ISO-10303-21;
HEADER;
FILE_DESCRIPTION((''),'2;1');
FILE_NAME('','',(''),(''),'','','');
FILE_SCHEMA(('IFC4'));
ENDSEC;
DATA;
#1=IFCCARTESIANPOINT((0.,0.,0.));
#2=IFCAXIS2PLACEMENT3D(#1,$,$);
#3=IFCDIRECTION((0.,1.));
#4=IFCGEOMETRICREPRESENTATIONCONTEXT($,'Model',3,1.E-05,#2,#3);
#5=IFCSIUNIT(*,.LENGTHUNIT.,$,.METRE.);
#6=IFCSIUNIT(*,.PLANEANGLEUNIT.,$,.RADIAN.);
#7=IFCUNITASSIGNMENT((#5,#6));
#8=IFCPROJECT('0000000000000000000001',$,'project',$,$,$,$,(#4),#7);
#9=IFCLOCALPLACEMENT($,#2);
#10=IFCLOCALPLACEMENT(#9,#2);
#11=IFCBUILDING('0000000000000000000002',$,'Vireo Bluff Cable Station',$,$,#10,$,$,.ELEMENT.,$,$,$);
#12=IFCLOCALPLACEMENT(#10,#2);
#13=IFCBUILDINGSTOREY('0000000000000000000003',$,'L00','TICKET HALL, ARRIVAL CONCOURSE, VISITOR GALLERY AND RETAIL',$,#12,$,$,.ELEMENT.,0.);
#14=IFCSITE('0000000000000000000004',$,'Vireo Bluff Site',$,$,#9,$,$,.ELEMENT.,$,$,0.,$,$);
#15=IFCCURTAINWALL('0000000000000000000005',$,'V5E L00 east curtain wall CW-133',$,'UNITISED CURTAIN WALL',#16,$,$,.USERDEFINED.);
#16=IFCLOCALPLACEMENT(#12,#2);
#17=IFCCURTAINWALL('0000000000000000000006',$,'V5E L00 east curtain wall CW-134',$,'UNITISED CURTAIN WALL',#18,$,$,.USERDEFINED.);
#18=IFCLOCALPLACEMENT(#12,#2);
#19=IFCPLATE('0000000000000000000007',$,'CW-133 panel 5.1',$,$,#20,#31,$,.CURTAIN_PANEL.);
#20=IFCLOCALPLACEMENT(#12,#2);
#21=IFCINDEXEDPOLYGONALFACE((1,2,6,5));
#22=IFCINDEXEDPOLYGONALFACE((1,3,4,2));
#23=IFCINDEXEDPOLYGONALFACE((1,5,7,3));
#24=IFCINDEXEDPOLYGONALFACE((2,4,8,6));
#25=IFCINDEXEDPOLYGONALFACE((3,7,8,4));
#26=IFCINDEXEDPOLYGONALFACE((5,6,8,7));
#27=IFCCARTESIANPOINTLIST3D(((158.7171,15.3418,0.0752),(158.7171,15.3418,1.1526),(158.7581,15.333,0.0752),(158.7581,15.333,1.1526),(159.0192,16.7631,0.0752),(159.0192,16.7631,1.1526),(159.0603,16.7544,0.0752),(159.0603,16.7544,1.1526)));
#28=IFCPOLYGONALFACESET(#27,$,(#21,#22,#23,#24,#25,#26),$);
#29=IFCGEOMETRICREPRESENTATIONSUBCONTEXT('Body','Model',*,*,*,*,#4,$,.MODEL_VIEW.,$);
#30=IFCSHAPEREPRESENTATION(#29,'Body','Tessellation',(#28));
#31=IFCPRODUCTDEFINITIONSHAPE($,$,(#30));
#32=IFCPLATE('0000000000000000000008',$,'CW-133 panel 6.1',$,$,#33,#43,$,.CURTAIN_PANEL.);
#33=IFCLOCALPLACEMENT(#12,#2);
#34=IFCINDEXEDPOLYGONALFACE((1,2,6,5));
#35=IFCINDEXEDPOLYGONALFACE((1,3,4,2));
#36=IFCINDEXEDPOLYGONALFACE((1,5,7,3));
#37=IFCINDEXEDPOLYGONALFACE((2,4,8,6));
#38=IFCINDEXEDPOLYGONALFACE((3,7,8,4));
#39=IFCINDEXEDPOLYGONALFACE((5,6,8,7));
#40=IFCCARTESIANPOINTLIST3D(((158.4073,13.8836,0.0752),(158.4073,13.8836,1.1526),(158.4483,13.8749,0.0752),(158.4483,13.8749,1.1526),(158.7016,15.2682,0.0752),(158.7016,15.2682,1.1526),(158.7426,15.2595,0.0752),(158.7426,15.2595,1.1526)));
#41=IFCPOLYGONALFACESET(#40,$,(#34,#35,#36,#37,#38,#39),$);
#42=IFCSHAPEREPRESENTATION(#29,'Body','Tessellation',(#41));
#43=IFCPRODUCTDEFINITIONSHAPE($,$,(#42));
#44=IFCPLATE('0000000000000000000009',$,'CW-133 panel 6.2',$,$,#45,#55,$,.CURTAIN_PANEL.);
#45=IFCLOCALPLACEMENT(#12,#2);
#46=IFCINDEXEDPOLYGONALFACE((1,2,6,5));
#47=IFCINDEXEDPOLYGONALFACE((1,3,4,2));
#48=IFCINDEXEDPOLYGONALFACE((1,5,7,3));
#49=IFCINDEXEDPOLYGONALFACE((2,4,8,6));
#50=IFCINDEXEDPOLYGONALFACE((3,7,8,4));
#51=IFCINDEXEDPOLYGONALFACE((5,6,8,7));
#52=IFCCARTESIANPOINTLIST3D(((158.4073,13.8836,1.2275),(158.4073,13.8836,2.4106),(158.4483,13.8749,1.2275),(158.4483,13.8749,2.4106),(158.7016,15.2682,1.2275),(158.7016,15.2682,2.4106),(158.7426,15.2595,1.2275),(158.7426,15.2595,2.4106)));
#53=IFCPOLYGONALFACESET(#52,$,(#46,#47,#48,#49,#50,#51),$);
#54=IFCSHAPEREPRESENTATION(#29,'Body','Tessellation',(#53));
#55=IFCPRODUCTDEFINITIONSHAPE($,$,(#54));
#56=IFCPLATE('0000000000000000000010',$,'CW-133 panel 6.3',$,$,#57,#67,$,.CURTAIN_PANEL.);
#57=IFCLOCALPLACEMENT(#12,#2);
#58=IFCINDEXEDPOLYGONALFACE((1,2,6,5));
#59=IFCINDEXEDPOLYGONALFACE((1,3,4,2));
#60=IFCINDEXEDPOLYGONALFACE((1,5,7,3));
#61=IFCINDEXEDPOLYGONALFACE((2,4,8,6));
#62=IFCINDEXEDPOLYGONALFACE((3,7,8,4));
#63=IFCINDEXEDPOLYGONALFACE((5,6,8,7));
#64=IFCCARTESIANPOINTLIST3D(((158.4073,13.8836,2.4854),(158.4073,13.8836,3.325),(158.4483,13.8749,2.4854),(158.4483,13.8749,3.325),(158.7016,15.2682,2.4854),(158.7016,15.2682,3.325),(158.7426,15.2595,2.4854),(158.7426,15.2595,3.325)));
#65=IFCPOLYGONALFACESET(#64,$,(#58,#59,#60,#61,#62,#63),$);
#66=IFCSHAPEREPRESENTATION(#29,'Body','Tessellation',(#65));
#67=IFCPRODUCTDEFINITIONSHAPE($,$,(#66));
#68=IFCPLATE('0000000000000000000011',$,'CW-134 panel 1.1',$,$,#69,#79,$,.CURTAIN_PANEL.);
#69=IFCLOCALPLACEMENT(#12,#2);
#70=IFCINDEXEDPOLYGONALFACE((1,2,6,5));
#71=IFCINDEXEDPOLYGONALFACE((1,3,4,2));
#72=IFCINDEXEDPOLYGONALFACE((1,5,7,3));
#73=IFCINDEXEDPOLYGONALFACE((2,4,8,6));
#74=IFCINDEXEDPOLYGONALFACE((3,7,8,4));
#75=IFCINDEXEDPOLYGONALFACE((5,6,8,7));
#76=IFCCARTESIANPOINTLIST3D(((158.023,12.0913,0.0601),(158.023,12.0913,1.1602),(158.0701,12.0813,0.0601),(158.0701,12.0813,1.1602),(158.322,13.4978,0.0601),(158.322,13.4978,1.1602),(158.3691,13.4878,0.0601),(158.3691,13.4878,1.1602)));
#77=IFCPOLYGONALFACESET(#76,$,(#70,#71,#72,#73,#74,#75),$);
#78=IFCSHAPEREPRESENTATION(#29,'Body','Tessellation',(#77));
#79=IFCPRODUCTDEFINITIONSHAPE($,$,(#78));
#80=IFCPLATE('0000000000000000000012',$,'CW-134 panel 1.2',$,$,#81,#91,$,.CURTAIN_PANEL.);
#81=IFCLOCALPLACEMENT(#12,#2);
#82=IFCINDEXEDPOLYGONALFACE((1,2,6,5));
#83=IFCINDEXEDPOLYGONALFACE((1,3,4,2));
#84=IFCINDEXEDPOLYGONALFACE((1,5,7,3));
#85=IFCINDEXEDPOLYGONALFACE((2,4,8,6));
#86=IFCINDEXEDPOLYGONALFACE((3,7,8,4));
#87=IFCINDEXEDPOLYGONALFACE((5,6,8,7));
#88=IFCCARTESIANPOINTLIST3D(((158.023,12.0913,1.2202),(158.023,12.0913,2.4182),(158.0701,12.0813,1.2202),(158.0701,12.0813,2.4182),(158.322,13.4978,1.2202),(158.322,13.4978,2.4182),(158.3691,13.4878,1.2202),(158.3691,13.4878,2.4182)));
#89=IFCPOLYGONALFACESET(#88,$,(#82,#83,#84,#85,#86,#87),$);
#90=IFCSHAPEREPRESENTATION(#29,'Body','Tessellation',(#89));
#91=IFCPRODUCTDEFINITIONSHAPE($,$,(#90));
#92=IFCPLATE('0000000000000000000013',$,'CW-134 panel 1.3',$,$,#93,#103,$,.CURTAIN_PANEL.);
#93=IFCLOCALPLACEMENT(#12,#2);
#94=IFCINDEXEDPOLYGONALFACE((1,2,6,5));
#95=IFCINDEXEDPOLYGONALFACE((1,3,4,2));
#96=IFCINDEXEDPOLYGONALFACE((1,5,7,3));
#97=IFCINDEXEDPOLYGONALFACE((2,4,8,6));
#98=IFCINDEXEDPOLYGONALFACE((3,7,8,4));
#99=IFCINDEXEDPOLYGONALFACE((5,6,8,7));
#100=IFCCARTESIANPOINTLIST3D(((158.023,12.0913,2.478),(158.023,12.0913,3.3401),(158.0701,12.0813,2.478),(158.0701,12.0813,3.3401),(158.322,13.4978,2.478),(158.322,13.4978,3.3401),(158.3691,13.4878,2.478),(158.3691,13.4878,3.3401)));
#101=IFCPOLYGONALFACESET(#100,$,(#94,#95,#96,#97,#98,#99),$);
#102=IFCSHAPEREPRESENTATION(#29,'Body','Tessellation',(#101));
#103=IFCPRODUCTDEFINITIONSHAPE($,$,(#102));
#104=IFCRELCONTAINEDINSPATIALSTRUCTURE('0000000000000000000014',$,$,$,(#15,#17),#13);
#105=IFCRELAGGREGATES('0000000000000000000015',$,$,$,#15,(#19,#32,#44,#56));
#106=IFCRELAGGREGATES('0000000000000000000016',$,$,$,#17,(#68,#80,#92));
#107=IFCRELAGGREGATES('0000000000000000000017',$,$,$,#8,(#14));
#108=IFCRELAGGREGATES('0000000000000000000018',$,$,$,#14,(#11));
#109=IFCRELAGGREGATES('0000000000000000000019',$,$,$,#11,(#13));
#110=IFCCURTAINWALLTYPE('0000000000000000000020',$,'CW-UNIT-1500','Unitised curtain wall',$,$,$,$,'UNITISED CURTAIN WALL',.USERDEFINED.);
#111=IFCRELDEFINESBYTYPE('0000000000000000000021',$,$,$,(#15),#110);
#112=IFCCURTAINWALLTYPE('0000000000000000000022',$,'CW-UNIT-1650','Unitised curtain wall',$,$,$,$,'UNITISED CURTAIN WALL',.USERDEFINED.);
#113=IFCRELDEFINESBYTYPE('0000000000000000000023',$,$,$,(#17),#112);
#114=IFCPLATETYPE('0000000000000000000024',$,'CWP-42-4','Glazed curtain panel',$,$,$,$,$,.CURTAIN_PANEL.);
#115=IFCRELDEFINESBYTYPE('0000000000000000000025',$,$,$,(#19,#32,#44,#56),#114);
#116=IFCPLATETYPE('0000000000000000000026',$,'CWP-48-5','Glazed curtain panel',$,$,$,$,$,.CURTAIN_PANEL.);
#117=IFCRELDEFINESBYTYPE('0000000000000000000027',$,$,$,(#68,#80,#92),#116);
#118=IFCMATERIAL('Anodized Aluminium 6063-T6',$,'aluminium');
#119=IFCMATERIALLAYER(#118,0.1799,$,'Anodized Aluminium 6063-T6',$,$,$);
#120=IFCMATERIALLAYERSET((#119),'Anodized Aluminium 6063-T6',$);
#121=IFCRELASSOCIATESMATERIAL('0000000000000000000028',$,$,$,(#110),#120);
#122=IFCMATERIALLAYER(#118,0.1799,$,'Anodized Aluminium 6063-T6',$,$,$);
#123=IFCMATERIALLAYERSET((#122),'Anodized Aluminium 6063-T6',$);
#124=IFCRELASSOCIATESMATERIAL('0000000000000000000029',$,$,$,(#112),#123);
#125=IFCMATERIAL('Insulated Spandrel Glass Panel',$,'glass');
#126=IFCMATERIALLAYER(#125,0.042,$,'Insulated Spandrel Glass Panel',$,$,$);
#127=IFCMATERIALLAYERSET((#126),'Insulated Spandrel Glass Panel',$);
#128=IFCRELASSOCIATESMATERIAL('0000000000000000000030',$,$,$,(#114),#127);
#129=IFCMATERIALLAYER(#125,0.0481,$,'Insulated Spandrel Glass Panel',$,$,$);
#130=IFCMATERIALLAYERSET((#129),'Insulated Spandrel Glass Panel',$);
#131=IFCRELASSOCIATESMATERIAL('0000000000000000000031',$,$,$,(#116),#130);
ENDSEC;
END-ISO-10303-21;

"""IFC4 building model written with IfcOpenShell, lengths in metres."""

from ifc_helpers import new_model, si_unit, direction, frame, origin, origin_2d, place, context, subcontext, project, spatial, rectangle, extrude, material, layer, layer_set, type_object, element, aggregate, save


model = new_model("IFC4")

# Units and contexts
model_context = context("Model", 3, precision=1e-05, world=origin(), true_north=direction((0.0, 1.0)))
body_context = subcontext(model_context, "Body", "Model", "MODEL_VIEW")
ifc_project = project(units=[si_unit("LENGTHUNIT", "METRE"), si_unit("PLANEANGLEUNIT", "RADIAN")], contexts=[model_context])

# Site, building, storey
site_placement = place(None, origin())
site = spatial("IfcSite", under=ifc_project, at=site_placement, Name="Vireo Bluff Site", CompositionType="ELEMENT", RefElevation=0.0)
building_placement = place(site_placement, origin())
building = spatial("IfcBuilding", under=site, at=building_placement, Name="Vireo Bluff Cable Station", CompositionType="ELEMENT")
storey_placement = place(building_placement, origin())
storey = spatial("IfcBuildingStorey", under=building, at=storey_placement, Name="L00", Description="TICKET HALL, ARRIVAL CONCOURSE, VISITOR GALLERY AND RETAIL", CompositionType="ELEMENT", Elevation=0.0)

# Curtain walls
ifc_material_1 = material(Name="Anodized Aluminium 6063-T6", Category="aluminium")
ifc_layer_1 = layer(ifc_material_1, 0.1799, Name="Anodized Aluminium 6063-T6")
ifc_layer_set_1 = layer_set([ifc_layer_1], Name="Anodized Aluminium 6063-T6")
curtain_wall_type_1 = type_object("IfcCurtainWallType", Name="CW-UNIT-1500", Description="Unitised curtain wall", ElementType="UNITISED CURTAIN WALL", PredefinedType="USERDEFINED", material=ifc_layer_set_1)
curtain_wall_1_placement = place(storey_placement, origin())
curtain_wall_1 = element("IfcCurtainWall", 1, at=curtain_wall_1_placement, inside=storey, type_object=curtain_wall_type_1, Name="V5E L00 east curtain wall CW-133", ObjectType="UNITISED CURTAIN WALL", PredefinedType="USERDEFINED")
ifc_layer_2 = layer(ifc_material_1, 0.1799, Name="Anodized Aluminium 6063-T6")
ifc_layer_set_2 = layer_set([ifc_layer_2], Name="Anodized Aluminium 6063-T6")
curtain_wall_type_2 = type_object("IfcCurtainWallType", Name="CW-UNIT-1650", Description="Unitised curtain wall", ElementType="UNITISED CURTAIN WALL", PredefinedType="USERDEFINED", material=ifc_layer_set_2)
curtain_wall_2_placement = place(storey_placement, origin())
curtain_wall_2 = element("IfcCurtainWall", 2, at=curtain_wall_2_placement, inside=storey, type_object=curtain_wall_type_2, Name="V5E L00 east curtain wall CW-134", ObjectType="UNITISED CURTAIN WALL", PredefinedType="USERDEFINED")

# Plates
ifc_material_2 = material(Name="Insulated Spandrel Glass Panel", Category="glass")
ifc_layer_3 = layer(ifc_material_2, 0.042, Name="Insulated Spandrel Glass Panel")
ifc_layer_set_3 = layer_set([ifc_layer_3], Name="Insulated Spandrel Glass Panel")
plate_type_1 = type_object("IfcPlateType", Name="CWP-42-4", Description="Glazed curtain panel", PredefinedType="CURTAIN_PANEL", material=ifc_layer_set_3)
plate_1_placement = place(storey_placement, frame((158.8887, 16.0481, 0.0752), z_axis=(0.0, 0.0, 1.0), x_axis=(-0.207912, -0.978148, 0.0)))
plate_1 = element("IfcPlate", 3, at=plate_1_placement, type_object=plate_type_1, Name="CW-133 panel 5.1", PredefinedType="CURTAIN_PANEL", context=body_context, shape_type="SweptSolid", body=[
    extrude(rectangle(XDim=1.4531, YDim=0.042, at=origin_2d()), origin(), (0.0, 0.0, 1.0), 1.0774),
])
plate_2_placement = place(storey_placement, frame((158.575, 14.5715, 0.0752), z_axis=(0.0, 0.0, 1.0), x_axis=(-0.207912, -0.978148, 0.0)))
plate_2 = element("IfcPlate", 4, at=plate_2_placement, type_object=plate_type_1, Name="CW-133 panel 6.1", PredefinedType="CURTAIN_PANEL", context=body_context, shape_type="SweptSolid", body=[
    extrude(rectangle(XDim=1.4155, YDim=0.042, at=origin_2d()), origin(), (0.0, 0.0, 1.0), 1.0774),
])
plate_3_placement = place(storey_placement, frame((158.575, 14.5715, 1.2275), z_axis=(0.0, 0.0, 1.0), x_axis=(-0.207912, -0.978148, 0.0)))
plate_3 = element("IfcPlate", 5, at=plate_3_placement, type_object=plate_type_1, Name="CW-133 panel 6.2", PredefinedType="CURTAIN_PANEL", context=body_context, shape_type="SweptSolid", body=[
    extrude(rectangle(XDim=1.4155, YDim=0.042, at=origin_2d()), origin(), (0.0, 0.0, 1.0), 1.1831),
])
plate_4_placement = place(storey_placement, frame((158.575, 14.5715, 2.4854), z_axis=(0.0, 0.0, 1.0), x_axis=(-0.207912, -0.978148, 0.0)))
plate_4 = element("IfcPlate", 6, at=plate_4_placement, type_object=plate_type_1, Name="CW-133 panel 6.3", PredefinedType="CURTAIN_PANEL", context=body_context, shape_type="SweptSolid", body=[
    extrude(rectangle(XDim=1.4155, YDim=0.042, at=origin_2d()), origin(), (0.0, 0.0, 1.0), 0.8396),
])
aggregate(curtain_wall_1, [plate_1, plate_2, plate_3, plate_4])
ifc_layer_4 = layer(ifc_material_2, 0.0481, Name="Insulated Spandrel Glass Panel")
ifc_layer_set_4 = layer_set([ifc_layer_4], Name="Insulated Spandrel Glass Panel")
plate_type_2 = type_object("IfcPlateType", Name="CWP-48-5", Description="Glazed curtain panel", PredefinedType="CURTAIN_PANEL", material=ifc_layer_set_4)
plate_5_placement = place(storey_placement, frame((158.196, 12.7896, 0.0601), z_axis=(0.0, 0.0, 1.0), x_axis=(-0.207912, -0.978148, 0.0)))
plate_5 = element("IfcPlate", 7, at=plate_5_placement, type_object=plate_type_2, Name="CW-134 panel 1.1", PredefinedType="CURTAIN_PANEL", context=body_context, shape_type="SweptSolid", body=[
    extrude(rectangle(XDim=1.438, YDim=0.0481, at=origin_2d()), origin(), (0.0, 0.0, 1.0), 1.1001),
])
plate_6_placement = place(storey_placement, frame((158.196, 12.7896, 1.2202), z_axis=(0.0, 0.0, 1.0), x_axis=(-0.207912, -0.978148, 0.0)))
plate_6 = element("IfcPlate", 8, at=plate_6_placement, type_object=plate_type_2, Name="CW-134 panel 1.2", PredefinedType="CURTAIN_PANEL", context=body_context, shape_type="SweptSolid", body=[
    extrude(rectangle(XDim=1.438, YDim=0.0481, at=origin_2d()), origin(), (0.0, 0.0, 1.0), 1.198),
])
plate_7_placement = place(storey_placement, frame((158.196, 12.7896, 2.478), z_axis=(0.0, 0.0, 1.0), x_axis=(-0.207912, -0.978148, 0.0)))
plate_7 = element("IfcPlate", 9, at=plate_7_placement, type_object=plate_type_2, Name="CW-134 panel 1.3", PredefinedType="CURTAIN_PANEL", context=body_context, shape_type="SweptSolid", body=[
    extrude(rectangle(XDim=1.438, YDim=0.0481, at=origin_2d()), origin(), (0.0, 0.0, 1.0), 0.8621),
])
aggregate(curtain_wall_2, [plate_5, plate_6, plate_7])

save(model, "model.ifc")
